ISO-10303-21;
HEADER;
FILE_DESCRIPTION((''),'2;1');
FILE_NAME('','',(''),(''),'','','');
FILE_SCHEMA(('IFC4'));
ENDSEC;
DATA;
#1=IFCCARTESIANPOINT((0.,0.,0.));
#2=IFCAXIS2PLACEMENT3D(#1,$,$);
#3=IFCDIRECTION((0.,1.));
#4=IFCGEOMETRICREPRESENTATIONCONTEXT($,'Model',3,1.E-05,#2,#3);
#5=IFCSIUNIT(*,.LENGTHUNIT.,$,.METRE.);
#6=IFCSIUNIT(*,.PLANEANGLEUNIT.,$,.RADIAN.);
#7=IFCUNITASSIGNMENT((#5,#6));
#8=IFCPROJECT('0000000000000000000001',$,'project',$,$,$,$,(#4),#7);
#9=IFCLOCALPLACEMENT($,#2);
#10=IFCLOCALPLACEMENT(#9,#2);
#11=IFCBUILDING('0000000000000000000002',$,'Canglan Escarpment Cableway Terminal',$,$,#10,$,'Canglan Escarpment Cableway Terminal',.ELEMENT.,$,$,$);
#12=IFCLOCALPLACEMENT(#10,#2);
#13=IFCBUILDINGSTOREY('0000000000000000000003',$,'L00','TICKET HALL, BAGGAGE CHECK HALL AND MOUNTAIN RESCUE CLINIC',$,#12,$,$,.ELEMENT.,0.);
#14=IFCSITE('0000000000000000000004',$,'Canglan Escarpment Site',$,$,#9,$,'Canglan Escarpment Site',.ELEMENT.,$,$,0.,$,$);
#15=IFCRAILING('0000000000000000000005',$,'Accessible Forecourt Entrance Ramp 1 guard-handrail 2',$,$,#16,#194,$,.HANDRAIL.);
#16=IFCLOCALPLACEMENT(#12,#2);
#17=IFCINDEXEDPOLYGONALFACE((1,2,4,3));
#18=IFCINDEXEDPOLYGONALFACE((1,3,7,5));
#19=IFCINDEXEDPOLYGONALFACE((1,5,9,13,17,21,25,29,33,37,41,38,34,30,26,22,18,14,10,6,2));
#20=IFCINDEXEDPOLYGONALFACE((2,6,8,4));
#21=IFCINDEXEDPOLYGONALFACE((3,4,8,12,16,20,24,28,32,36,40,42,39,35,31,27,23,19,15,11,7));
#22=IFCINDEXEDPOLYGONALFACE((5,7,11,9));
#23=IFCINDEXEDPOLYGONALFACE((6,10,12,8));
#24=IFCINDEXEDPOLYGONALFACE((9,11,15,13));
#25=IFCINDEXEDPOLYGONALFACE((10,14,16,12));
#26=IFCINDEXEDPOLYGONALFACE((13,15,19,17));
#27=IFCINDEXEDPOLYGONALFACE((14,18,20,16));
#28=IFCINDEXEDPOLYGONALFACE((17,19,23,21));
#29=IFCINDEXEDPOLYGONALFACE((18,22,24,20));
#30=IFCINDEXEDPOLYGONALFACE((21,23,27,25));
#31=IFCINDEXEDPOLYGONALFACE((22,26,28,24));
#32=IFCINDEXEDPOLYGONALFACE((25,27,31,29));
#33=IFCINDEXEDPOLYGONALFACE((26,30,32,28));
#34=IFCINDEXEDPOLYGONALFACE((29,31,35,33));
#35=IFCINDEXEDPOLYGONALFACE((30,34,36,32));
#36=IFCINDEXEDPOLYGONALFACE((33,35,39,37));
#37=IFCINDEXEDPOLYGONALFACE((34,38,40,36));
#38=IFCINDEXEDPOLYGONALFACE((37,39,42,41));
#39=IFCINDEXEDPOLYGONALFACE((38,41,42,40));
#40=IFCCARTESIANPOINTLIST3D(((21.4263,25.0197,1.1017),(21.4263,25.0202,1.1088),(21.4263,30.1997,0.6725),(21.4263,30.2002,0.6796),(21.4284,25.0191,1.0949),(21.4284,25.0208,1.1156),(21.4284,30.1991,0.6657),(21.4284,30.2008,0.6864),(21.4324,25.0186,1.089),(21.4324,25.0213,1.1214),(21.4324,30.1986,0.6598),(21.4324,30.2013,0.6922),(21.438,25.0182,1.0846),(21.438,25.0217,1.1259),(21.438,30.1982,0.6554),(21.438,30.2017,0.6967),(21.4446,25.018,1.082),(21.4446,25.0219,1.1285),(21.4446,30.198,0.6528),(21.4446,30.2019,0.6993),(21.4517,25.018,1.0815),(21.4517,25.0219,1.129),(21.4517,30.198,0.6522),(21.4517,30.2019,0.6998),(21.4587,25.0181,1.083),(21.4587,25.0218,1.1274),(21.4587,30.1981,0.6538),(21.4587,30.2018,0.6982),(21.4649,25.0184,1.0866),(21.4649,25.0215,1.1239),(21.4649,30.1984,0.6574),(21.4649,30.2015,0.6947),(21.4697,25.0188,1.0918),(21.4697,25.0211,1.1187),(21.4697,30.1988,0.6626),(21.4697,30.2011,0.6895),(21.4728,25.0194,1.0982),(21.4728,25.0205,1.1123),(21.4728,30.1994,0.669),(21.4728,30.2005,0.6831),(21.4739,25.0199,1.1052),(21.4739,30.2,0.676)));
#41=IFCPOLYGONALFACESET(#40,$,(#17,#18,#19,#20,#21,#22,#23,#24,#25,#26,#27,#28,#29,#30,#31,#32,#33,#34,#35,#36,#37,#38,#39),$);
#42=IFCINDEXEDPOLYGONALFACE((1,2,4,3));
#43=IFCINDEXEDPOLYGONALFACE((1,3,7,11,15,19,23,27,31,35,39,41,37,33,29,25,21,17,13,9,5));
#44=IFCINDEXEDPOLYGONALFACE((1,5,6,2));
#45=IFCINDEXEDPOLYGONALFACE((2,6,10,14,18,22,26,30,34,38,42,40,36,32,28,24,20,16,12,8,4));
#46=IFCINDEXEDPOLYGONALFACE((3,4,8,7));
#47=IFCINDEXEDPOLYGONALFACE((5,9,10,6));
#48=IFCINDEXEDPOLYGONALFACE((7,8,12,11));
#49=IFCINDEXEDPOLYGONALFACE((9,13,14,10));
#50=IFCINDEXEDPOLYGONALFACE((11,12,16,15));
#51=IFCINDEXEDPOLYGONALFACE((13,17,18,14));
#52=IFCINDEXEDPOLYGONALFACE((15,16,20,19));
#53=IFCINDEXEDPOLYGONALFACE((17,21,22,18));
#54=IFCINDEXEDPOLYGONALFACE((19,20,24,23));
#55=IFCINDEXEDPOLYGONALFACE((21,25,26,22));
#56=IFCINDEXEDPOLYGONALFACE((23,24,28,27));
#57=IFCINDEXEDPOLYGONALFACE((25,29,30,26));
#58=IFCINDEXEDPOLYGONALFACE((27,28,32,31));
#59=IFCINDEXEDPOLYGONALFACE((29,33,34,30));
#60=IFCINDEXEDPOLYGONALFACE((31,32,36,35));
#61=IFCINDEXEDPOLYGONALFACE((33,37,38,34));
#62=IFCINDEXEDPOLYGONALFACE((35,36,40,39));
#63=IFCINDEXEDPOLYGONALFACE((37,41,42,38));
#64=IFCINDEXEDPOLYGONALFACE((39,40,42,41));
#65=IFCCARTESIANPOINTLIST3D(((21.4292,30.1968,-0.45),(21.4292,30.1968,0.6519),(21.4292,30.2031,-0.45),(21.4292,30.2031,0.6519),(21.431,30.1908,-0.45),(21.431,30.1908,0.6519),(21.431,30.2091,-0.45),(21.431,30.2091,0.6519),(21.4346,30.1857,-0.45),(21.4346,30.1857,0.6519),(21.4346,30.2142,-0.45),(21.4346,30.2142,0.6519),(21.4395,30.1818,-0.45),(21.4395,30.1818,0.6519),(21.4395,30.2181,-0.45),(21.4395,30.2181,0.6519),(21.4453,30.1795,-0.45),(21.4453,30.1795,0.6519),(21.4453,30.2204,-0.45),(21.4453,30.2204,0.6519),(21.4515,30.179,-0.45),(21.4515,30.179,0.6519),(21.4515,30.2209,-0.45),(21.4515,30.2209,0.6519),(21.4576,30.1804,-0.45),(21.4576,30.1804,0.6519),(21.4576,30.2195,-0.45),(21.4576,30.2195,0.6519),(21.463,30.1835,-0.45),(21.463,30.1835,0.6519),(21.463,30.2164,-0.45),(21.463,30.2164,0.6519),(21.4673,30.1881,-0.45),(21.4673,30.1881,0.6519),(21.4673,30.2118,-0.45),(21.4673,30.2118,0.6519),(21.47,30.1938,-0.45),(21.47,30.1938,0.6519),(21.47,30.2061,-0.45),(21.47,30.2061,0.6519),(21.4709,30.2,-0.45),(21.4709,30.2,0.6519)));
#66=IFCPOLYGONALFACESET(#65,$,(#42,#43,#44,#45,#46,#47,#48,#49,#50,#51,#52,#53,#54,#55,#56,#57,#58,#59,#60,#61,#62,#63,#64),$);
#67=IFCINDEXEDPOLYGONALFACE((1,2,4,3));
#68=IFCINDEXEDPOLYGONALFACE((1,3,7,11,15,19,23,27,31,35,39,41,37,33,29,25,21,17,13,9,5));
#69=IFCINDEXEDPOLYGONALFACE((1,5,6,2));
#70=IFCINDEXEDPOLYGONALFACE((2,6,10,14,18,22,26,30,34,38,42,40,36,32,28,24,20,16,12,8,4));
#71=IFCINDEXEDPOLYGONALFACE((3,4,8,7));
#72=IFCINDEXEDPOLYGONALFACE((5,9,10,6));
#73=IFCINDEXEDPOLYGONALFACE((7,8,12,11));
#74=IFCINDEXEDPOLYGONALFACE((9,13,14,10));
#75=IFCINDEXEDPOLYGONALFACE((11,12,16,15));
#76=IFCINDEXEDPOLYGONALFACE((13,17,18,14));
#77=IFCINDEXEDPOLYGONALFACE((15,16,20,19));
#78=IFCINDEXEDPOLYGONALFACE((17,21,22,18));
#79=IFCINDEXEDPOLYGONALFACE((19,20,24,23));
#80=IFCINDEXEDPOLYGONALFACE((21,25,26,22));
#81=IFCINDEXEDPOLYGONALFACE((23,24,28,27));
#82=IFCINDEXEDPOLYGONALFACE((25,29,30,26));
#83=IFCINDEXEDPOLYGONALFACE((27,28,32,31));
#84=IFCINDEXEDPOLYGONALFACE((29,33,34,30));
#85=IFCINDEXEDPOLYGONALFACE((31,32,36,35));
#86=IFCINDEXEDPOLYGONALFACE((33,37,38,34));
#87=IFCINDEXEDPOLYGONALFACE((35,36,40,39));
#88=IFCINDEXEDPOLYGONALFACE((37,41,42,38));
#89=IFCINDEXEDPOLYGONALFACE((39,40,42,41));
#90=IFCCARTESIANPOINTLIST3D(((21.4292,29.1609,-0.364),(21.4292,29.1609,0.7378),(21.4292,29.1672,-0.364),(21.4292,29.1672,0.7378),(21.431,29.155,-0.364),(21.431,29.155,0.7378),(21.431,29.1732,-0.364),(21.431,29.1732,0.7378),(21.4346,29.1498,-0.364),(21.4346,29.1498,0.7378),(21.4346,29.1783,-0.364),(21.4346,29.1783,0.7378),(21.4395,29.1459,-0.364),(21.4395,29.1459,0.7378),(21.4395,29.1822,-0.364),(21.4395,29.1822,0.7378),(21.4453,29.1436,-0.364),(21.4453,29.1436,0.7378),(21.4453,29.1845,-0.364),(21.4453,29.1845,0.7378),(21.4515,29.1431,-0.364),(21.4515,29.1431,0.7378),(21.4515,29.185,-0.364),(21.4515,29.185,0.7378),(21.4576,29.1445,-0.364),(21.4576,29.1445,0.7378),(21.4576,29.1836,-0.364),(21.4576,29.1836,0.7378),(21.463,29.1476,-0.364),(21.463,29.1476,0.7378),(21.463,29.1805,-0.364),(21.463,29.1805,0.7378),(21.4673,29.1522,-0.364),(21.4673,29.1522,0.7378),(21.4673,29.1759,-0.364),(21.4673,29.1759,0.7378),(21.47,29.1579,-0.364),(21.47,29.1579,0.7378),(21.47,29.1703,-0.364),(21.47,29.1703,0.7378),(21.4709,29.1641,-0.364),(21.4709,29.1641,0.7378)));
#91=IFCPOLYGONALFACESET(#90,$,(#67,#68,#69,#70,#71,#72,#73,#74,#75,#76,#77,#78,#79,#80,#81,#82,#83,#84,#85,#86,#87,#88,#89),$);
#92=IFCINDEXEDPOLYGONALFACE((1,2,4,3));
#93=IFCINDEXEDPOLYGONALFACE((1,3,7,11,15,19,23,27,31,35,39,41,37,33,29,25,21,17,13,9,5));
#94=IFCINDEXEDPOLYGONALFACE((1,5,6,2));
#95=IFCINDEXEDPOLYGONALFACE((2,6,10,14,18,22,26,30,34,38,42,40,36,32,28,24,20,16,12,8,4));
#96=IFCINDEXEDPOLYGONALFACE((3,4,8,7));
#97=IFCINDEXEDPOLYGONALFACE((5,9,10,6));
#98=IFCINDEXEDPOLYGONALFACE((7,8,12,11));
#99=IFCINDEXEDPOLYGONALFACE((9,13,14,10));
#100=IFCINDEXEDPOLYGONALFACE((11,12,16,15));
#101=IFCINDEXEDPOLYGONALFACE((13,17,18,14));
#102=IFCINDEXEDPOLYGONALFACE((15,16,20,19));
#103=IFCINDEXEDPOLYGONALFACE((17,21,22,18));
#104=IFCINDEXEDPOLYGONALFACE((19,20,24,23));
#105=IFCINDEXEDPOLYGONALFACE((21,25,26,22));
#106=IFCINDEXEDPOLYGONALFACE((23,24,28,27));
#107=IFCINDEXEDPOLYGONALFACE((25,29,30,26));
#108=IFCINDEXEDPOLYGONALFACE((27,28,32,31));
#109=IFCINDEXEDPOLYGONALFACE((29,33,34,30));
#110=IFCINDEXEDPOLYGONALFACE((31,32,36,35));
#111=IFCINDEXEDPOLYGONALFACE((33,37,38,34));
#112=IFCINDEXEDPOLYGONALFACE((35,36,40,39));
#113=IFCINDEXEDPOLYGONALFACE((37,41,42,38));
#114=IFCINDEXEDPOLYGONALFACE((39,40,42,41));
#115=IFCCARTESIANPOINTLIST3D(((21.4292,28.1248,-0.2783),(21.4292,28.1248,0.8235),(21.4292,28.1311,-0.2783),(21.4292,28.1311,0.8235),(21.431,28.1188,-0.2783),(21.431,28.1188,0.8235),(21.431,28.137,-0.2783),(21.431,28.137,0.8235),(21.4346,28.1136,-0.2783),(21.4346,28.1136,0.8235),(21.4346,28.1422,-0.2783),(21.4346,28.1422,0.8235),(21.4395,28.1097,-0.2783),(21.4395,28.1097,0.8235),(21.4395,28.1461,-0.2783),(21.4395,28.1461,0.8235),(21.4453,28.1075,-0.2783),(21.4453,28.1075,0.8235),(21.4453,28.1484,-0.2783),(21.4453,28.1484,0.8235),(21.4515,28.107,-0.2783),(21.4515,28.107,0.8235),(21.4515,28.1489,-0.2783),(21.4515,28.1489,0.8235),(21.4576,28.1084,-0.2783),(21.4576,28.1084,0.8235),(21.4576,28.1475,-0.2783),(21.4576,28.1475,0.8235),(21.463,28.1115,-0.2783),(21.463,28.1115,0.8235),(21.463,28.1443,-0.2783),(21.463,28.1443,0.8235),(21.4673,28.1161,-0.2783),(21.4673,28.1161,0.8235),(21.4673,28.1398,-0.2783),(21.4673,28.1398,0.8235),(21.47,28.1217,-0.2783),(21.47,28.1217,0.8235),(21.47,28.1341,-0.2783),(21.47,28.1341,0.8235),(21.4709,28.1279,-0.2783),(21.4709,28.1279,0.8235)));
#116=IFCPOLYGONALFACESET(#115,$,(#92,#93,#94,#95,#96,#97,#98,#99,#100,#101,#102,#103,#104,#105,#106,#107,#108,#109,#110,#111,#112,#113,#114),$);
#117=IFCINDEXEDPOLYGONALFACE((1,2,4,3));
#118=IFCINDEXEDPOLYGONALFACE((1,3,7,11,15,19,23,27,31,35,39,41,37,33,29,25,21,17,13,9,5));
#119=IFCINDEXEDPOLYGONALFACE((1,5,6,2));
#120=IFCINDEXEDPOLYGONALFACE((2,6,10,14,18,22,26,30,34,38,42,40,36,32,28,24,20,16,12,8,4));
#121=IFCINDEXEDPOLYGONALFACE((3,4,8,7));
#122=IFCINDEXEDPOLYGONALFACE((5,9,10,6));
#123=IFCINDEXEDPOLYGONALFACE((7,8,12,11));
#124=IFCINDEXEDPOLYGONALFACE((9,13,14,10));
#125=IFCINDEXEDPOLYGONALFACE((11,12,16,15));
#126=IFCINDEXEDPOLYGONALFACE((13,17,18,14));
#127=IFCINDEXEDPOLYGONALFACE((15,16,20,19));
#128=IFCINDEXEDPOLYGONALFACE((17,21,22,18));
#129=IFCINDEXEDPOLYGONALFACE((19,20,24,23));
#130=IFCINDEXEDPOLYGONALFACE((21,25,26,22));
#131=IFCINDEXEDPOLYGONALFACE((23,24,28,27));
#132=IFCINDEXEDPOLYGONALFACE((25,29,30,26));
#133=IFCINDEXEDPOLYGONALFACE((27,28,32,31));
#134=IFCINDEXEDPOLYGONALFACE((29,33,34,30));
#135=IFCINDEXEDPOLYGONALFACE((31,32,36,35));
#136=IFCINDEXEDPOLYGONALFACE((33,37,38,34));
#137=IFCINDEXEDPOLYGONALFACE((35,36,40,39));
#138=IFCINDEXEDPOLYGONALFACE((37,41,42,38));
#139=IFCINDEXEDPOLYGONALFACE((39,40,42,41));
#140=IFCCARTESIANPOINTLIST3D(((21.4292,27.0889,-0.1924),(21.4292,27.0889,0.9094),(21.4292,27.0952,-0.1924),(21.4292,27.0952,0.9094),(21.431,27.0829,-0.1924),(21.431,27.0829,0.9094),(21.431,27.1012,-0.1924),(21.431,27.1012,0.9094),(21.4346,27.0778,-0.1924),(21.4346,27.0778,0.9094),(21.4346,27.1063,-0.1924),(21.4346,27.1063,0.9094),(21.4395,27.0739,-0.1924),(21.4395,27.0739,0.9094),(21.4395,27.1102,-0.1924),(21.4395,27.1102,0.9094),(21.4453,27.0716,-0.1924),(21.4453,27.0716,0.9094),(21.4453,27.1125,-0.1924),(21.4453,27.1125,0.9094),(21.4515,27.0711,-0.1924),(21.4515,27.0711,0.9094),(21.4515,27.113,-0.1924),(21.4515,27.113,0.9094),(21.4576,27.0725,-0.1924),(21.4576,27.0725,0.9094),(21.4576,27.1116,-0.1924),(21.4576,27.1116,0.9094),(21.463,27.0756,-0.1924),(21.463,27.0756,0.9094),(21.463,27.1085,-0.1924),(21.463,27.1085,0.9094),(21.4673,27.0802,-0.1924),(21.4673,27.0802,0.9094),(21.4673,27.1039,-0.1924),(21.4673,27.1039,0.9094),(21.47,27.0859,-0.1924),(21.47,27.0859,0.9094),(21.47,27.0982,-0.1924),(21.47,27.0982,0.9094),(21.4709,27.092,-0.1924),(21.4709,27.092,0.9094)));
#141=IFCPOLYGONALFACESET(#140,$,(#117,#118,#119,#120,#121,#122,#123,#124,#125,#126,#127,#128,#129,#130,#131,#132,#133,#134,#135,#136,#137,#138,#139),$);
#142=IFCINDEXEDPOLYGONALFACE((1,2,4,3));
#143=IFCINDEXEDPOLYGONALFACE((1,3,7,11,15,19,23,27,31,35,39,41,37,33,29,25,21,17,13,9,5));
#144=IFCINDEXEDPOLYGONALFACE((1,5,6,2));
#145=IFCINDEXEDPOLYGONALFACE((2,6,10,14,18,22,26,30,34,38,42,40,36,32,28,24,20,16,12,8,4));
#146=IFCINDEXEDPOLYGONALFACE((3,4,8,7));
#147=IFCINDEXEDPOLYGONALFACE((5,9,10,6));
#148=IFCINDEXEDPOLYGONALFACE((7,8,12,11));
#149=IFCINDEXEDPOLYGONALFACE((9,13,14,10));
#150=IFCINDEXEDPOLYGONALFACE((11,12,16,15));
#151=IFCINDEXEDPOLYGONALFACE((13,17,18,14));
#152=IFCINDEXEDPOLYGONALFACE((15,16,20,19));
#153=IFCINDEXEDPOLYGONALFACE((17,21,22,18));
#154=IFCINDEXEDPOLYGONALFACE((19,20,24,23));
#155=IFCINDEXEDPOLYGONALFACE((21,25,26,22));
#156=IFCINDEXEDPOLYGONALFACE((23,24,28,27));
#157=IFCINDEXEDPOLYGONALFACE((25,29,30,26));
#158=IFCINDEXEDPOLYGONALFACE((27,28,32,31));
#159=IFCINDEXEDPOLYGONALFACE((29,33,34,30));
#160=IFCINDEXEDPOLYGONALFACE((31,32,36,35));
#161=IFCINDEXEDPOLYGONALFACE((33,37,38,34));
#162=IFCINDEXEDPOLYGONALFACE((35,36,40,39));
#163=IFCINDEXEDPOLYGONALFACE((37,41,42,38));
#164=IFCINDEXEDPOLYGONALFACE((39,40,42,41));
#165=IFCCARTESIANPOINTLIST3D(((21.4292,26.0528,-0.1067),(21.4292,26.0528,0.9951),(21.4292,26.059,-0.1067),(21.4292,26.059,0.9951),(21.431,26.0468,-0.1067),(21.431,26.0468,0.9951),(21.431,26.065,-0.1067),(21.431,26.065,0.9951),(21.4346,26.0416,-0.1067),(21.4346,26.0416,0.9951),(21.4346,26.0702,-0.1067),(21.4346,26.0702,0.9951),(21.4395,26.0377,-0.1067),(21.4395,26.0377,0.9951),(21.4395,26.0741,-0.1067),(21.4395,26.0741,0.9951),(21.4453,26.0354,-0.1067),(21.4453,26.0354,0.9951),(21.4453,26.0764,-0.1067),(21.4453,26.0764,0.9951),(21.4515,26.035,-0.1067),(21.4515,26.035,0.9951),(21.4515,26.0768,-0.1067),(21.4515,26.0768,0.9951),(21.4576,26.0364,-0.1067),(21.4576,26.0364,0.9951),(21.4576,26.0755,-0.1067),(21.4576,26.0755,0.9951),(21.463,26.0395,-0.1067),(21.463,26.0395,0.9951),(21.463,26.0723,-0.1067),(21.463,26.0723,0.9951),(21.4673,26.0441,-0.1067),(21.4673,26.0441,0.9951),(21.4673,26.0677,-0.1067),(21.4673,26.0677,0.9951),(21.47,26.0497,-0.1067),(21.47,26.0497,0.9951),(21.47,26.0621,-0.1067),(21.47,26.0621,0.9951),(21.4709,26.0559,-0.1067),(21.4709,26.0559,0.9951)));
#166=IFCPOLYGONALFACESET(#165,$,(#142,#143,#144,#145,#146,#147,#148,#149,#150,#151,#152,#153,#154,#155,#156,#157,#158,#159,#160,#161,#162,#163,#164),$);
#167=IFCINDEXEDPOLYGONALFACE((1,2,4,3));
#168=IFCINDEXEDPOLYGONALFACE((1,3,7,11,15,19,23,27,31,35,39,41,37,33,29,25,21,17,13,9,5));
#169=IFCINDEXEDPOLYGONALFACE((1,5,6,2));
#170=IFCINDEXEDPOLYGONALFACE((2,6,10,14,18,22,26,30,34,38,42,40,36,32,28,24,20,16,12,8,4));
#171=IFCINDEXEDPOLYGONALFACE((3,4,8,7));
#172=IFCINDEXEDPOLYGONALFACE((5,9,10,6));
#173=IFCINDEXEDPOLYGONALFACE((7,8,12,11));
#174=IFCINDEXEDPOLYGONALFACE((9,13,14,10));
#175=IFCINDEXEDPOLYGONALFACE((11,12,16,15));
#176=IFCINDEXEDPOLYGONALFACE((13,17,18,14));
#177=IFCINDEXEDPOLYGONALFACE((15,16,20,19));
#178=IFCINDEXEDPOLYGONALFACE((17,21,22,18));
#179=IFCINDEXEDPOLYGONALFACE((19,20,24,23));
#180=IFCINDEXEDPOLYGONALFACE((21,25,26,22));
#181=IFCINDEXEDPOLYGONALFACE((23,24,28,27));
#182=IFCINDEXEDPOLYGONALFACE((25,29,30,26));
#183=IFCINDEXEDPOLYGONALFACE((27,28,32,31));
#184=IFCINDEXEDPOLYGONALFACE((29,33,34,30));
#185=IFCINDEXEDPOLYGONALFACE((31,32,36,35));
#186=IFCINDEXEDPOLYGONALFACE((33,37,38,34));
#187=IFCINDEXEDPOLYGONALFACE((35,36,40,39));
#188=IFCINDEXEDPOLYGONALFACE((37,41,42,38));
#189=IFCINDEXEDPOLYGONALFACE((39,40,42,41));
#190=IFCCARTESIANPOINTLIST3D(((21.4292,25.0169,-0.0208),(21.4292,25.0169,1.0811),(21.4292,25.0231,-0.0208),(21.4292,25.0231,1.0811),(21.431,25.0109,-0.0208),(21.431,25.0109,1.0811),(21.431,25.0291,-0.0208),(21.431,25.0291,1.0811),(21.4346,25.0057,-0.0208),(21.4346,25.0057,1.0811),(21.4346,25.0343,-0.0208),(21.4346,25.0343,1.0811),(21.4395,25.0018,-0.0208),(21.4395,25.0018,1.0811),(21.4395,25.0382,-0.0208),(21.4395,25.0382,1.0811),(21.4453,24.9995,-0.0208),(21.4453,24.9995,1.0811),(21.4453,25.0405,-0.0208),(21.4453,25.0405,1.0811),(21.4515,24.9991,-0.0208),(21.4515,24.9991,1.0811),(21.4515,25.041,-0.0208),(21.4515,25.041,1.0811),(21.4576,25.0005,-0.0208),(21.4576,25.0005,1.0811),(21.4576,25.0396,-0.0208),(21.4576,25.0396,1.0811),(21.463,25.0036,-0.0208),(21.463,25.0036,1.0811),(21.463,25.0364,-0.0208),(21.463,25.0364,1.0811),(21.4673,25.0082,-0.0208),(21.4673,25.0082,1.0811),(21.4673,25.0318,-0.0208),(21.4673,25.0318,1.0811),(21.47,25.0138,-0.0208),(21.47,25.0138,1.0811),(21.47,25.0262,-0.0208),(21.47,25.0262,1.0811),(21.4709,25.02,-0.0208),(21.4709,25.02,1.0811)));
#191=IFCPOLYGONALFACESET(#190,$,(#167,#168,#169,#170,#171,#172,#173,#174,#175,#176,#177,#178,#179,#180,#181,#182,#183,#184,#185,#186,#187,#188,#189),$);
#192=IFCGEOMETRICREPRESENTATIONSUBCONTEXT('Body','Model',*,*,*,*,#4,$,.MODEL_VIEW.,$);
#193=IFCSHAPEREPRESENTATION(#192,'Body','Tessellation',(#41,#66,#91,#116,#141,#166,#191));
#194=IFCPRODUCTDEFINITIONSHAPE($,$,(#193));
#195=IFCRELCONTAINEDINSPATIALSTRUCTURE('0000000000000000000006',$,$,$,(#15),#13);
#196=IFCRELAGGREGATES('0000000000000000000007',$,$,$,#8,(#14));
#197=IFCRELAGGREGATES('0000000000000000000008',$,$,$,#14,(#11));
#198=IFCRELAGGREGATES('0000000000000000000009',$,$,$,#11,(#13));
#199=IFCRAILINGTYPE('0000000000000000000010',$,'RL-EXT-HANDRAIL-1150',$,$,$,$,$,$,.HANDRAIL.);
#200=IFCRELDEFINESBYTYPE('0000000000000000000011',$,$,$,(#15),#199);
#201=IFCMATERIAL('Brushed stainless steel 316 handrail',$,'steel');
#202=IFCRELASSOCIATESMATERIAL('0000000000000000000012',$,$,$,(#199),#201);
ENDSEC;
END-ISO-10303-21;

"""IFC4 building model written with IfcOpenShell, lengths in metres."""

from ifc_helpers import new_model, si_unit, direction, frame, origin, origin_2d, place, context, subcontext, project, spatial, circle, extrude, material, type_object, element, save


model = new_model("IFC4")

# Units and contexts
model_context = context("Model", 3, precision=1e-05, world=origin(), true_north=direction((0.0, 1.0)))
body_context = subcontext(model_context, "Body", "Model", "MODEL_VIEW")
ifc_project = project(units=[si_unit("LENGTHUNIT", "METRE"), si_unit("PLANEANGLEUNIT", "RADIAN")], contexts=[model_context])

# Site, building, storey
site_placement = place(None, origin())
site = spatial("IfcSite", under=ifc_project, at=site_placement, Name="Canglan Escarpment Site", LongName="Canglan Escarpment Site", CompositionType="ELEMENT", RefElevation=0.0)
building_placement = place(site_placement, origin())
building = spatial("IfcBuilding", under=site, at=building_placement, Name="Canglan Escarpment Cableway Terminal", LongName="Canglan Escarpment Cableway Terminal", CompositionType="ELEMENT")
storey_placement = place(building_placement, origin())
storey = spatial("IfcBuildingStorey", under=building, at=storey_placement, Name="L00", Description="TICKET HALL, BAGGAGE CHECK HALL AND MOUNTAIN RESCUE CLINIC", CompositionType="ELEMENT", Elevation=0.0)

# Railing
ifc_material_1 = material(Name="Brushed stainless steel 316 handrail", Category="steel")
railing_type = type_object("IfcRailingType", Name="RL-EXT-HANDRAIL-1150", PredefinedType="HANDRAIL", material=ifc_material_1)
for number, where, name in (
    (1, (21.45, 30.2, -0.45), "Accessible Forecourt Entrance Ramp 1 guard-handrail 2"),
):
    element("IfcRailing", number, at=place(storey_placement, frame(where)), inside=storey, type_object=railing_type, Name=name, PredefinedType="HANDRAIL", context=body_context, shape_type="SweptSolid", body=[
        extrude(circle(Radius=0.0239, at=origin_2d()), frame((0.0, 0.0, 1.126), z_axis=(0.0, -0.996585, 0.082575), x_axis=(1.0, 0.0, 0.0)), (0.0, 0.0, 1.0), 5.1978),
        extrude(circle(Radius=0.021, at=origin_2d()), origin(), (0.0, 0.0, 1.0), 1.1018),
        extrude(circle(Radius=0.021, at=origin_2d()), frame((0.0, -1.0359, 0.0859)), (0.0, 0.0, 1.0), 1.1018),
        extrude(circle(Radius=0.021, at=origin_2d()), frame((0.0, -2.072, 0.1716)), (0.0, 0.0, 1.0), 1.1018),
        extrude(circle(Radius=0.021, at=origin_2d()), frame((0.0, -3.1079, 0.2576)), (0.0, 0.0, 1.0), 1.1018),
        extrude(circle(Radius=0.021, at=origin_2d()), frame((0.0, -4.144, 0.3433)), (0.0, 0.0, 1.0), 1.1018),
        extrude(circle(Radius=0.021, at=origin_2d()), frame((0.0, -5.1799, 0.4292)), (0.0, 0.0, 1.0), 1.1018),
    ])

save(model, "model.ifc")
